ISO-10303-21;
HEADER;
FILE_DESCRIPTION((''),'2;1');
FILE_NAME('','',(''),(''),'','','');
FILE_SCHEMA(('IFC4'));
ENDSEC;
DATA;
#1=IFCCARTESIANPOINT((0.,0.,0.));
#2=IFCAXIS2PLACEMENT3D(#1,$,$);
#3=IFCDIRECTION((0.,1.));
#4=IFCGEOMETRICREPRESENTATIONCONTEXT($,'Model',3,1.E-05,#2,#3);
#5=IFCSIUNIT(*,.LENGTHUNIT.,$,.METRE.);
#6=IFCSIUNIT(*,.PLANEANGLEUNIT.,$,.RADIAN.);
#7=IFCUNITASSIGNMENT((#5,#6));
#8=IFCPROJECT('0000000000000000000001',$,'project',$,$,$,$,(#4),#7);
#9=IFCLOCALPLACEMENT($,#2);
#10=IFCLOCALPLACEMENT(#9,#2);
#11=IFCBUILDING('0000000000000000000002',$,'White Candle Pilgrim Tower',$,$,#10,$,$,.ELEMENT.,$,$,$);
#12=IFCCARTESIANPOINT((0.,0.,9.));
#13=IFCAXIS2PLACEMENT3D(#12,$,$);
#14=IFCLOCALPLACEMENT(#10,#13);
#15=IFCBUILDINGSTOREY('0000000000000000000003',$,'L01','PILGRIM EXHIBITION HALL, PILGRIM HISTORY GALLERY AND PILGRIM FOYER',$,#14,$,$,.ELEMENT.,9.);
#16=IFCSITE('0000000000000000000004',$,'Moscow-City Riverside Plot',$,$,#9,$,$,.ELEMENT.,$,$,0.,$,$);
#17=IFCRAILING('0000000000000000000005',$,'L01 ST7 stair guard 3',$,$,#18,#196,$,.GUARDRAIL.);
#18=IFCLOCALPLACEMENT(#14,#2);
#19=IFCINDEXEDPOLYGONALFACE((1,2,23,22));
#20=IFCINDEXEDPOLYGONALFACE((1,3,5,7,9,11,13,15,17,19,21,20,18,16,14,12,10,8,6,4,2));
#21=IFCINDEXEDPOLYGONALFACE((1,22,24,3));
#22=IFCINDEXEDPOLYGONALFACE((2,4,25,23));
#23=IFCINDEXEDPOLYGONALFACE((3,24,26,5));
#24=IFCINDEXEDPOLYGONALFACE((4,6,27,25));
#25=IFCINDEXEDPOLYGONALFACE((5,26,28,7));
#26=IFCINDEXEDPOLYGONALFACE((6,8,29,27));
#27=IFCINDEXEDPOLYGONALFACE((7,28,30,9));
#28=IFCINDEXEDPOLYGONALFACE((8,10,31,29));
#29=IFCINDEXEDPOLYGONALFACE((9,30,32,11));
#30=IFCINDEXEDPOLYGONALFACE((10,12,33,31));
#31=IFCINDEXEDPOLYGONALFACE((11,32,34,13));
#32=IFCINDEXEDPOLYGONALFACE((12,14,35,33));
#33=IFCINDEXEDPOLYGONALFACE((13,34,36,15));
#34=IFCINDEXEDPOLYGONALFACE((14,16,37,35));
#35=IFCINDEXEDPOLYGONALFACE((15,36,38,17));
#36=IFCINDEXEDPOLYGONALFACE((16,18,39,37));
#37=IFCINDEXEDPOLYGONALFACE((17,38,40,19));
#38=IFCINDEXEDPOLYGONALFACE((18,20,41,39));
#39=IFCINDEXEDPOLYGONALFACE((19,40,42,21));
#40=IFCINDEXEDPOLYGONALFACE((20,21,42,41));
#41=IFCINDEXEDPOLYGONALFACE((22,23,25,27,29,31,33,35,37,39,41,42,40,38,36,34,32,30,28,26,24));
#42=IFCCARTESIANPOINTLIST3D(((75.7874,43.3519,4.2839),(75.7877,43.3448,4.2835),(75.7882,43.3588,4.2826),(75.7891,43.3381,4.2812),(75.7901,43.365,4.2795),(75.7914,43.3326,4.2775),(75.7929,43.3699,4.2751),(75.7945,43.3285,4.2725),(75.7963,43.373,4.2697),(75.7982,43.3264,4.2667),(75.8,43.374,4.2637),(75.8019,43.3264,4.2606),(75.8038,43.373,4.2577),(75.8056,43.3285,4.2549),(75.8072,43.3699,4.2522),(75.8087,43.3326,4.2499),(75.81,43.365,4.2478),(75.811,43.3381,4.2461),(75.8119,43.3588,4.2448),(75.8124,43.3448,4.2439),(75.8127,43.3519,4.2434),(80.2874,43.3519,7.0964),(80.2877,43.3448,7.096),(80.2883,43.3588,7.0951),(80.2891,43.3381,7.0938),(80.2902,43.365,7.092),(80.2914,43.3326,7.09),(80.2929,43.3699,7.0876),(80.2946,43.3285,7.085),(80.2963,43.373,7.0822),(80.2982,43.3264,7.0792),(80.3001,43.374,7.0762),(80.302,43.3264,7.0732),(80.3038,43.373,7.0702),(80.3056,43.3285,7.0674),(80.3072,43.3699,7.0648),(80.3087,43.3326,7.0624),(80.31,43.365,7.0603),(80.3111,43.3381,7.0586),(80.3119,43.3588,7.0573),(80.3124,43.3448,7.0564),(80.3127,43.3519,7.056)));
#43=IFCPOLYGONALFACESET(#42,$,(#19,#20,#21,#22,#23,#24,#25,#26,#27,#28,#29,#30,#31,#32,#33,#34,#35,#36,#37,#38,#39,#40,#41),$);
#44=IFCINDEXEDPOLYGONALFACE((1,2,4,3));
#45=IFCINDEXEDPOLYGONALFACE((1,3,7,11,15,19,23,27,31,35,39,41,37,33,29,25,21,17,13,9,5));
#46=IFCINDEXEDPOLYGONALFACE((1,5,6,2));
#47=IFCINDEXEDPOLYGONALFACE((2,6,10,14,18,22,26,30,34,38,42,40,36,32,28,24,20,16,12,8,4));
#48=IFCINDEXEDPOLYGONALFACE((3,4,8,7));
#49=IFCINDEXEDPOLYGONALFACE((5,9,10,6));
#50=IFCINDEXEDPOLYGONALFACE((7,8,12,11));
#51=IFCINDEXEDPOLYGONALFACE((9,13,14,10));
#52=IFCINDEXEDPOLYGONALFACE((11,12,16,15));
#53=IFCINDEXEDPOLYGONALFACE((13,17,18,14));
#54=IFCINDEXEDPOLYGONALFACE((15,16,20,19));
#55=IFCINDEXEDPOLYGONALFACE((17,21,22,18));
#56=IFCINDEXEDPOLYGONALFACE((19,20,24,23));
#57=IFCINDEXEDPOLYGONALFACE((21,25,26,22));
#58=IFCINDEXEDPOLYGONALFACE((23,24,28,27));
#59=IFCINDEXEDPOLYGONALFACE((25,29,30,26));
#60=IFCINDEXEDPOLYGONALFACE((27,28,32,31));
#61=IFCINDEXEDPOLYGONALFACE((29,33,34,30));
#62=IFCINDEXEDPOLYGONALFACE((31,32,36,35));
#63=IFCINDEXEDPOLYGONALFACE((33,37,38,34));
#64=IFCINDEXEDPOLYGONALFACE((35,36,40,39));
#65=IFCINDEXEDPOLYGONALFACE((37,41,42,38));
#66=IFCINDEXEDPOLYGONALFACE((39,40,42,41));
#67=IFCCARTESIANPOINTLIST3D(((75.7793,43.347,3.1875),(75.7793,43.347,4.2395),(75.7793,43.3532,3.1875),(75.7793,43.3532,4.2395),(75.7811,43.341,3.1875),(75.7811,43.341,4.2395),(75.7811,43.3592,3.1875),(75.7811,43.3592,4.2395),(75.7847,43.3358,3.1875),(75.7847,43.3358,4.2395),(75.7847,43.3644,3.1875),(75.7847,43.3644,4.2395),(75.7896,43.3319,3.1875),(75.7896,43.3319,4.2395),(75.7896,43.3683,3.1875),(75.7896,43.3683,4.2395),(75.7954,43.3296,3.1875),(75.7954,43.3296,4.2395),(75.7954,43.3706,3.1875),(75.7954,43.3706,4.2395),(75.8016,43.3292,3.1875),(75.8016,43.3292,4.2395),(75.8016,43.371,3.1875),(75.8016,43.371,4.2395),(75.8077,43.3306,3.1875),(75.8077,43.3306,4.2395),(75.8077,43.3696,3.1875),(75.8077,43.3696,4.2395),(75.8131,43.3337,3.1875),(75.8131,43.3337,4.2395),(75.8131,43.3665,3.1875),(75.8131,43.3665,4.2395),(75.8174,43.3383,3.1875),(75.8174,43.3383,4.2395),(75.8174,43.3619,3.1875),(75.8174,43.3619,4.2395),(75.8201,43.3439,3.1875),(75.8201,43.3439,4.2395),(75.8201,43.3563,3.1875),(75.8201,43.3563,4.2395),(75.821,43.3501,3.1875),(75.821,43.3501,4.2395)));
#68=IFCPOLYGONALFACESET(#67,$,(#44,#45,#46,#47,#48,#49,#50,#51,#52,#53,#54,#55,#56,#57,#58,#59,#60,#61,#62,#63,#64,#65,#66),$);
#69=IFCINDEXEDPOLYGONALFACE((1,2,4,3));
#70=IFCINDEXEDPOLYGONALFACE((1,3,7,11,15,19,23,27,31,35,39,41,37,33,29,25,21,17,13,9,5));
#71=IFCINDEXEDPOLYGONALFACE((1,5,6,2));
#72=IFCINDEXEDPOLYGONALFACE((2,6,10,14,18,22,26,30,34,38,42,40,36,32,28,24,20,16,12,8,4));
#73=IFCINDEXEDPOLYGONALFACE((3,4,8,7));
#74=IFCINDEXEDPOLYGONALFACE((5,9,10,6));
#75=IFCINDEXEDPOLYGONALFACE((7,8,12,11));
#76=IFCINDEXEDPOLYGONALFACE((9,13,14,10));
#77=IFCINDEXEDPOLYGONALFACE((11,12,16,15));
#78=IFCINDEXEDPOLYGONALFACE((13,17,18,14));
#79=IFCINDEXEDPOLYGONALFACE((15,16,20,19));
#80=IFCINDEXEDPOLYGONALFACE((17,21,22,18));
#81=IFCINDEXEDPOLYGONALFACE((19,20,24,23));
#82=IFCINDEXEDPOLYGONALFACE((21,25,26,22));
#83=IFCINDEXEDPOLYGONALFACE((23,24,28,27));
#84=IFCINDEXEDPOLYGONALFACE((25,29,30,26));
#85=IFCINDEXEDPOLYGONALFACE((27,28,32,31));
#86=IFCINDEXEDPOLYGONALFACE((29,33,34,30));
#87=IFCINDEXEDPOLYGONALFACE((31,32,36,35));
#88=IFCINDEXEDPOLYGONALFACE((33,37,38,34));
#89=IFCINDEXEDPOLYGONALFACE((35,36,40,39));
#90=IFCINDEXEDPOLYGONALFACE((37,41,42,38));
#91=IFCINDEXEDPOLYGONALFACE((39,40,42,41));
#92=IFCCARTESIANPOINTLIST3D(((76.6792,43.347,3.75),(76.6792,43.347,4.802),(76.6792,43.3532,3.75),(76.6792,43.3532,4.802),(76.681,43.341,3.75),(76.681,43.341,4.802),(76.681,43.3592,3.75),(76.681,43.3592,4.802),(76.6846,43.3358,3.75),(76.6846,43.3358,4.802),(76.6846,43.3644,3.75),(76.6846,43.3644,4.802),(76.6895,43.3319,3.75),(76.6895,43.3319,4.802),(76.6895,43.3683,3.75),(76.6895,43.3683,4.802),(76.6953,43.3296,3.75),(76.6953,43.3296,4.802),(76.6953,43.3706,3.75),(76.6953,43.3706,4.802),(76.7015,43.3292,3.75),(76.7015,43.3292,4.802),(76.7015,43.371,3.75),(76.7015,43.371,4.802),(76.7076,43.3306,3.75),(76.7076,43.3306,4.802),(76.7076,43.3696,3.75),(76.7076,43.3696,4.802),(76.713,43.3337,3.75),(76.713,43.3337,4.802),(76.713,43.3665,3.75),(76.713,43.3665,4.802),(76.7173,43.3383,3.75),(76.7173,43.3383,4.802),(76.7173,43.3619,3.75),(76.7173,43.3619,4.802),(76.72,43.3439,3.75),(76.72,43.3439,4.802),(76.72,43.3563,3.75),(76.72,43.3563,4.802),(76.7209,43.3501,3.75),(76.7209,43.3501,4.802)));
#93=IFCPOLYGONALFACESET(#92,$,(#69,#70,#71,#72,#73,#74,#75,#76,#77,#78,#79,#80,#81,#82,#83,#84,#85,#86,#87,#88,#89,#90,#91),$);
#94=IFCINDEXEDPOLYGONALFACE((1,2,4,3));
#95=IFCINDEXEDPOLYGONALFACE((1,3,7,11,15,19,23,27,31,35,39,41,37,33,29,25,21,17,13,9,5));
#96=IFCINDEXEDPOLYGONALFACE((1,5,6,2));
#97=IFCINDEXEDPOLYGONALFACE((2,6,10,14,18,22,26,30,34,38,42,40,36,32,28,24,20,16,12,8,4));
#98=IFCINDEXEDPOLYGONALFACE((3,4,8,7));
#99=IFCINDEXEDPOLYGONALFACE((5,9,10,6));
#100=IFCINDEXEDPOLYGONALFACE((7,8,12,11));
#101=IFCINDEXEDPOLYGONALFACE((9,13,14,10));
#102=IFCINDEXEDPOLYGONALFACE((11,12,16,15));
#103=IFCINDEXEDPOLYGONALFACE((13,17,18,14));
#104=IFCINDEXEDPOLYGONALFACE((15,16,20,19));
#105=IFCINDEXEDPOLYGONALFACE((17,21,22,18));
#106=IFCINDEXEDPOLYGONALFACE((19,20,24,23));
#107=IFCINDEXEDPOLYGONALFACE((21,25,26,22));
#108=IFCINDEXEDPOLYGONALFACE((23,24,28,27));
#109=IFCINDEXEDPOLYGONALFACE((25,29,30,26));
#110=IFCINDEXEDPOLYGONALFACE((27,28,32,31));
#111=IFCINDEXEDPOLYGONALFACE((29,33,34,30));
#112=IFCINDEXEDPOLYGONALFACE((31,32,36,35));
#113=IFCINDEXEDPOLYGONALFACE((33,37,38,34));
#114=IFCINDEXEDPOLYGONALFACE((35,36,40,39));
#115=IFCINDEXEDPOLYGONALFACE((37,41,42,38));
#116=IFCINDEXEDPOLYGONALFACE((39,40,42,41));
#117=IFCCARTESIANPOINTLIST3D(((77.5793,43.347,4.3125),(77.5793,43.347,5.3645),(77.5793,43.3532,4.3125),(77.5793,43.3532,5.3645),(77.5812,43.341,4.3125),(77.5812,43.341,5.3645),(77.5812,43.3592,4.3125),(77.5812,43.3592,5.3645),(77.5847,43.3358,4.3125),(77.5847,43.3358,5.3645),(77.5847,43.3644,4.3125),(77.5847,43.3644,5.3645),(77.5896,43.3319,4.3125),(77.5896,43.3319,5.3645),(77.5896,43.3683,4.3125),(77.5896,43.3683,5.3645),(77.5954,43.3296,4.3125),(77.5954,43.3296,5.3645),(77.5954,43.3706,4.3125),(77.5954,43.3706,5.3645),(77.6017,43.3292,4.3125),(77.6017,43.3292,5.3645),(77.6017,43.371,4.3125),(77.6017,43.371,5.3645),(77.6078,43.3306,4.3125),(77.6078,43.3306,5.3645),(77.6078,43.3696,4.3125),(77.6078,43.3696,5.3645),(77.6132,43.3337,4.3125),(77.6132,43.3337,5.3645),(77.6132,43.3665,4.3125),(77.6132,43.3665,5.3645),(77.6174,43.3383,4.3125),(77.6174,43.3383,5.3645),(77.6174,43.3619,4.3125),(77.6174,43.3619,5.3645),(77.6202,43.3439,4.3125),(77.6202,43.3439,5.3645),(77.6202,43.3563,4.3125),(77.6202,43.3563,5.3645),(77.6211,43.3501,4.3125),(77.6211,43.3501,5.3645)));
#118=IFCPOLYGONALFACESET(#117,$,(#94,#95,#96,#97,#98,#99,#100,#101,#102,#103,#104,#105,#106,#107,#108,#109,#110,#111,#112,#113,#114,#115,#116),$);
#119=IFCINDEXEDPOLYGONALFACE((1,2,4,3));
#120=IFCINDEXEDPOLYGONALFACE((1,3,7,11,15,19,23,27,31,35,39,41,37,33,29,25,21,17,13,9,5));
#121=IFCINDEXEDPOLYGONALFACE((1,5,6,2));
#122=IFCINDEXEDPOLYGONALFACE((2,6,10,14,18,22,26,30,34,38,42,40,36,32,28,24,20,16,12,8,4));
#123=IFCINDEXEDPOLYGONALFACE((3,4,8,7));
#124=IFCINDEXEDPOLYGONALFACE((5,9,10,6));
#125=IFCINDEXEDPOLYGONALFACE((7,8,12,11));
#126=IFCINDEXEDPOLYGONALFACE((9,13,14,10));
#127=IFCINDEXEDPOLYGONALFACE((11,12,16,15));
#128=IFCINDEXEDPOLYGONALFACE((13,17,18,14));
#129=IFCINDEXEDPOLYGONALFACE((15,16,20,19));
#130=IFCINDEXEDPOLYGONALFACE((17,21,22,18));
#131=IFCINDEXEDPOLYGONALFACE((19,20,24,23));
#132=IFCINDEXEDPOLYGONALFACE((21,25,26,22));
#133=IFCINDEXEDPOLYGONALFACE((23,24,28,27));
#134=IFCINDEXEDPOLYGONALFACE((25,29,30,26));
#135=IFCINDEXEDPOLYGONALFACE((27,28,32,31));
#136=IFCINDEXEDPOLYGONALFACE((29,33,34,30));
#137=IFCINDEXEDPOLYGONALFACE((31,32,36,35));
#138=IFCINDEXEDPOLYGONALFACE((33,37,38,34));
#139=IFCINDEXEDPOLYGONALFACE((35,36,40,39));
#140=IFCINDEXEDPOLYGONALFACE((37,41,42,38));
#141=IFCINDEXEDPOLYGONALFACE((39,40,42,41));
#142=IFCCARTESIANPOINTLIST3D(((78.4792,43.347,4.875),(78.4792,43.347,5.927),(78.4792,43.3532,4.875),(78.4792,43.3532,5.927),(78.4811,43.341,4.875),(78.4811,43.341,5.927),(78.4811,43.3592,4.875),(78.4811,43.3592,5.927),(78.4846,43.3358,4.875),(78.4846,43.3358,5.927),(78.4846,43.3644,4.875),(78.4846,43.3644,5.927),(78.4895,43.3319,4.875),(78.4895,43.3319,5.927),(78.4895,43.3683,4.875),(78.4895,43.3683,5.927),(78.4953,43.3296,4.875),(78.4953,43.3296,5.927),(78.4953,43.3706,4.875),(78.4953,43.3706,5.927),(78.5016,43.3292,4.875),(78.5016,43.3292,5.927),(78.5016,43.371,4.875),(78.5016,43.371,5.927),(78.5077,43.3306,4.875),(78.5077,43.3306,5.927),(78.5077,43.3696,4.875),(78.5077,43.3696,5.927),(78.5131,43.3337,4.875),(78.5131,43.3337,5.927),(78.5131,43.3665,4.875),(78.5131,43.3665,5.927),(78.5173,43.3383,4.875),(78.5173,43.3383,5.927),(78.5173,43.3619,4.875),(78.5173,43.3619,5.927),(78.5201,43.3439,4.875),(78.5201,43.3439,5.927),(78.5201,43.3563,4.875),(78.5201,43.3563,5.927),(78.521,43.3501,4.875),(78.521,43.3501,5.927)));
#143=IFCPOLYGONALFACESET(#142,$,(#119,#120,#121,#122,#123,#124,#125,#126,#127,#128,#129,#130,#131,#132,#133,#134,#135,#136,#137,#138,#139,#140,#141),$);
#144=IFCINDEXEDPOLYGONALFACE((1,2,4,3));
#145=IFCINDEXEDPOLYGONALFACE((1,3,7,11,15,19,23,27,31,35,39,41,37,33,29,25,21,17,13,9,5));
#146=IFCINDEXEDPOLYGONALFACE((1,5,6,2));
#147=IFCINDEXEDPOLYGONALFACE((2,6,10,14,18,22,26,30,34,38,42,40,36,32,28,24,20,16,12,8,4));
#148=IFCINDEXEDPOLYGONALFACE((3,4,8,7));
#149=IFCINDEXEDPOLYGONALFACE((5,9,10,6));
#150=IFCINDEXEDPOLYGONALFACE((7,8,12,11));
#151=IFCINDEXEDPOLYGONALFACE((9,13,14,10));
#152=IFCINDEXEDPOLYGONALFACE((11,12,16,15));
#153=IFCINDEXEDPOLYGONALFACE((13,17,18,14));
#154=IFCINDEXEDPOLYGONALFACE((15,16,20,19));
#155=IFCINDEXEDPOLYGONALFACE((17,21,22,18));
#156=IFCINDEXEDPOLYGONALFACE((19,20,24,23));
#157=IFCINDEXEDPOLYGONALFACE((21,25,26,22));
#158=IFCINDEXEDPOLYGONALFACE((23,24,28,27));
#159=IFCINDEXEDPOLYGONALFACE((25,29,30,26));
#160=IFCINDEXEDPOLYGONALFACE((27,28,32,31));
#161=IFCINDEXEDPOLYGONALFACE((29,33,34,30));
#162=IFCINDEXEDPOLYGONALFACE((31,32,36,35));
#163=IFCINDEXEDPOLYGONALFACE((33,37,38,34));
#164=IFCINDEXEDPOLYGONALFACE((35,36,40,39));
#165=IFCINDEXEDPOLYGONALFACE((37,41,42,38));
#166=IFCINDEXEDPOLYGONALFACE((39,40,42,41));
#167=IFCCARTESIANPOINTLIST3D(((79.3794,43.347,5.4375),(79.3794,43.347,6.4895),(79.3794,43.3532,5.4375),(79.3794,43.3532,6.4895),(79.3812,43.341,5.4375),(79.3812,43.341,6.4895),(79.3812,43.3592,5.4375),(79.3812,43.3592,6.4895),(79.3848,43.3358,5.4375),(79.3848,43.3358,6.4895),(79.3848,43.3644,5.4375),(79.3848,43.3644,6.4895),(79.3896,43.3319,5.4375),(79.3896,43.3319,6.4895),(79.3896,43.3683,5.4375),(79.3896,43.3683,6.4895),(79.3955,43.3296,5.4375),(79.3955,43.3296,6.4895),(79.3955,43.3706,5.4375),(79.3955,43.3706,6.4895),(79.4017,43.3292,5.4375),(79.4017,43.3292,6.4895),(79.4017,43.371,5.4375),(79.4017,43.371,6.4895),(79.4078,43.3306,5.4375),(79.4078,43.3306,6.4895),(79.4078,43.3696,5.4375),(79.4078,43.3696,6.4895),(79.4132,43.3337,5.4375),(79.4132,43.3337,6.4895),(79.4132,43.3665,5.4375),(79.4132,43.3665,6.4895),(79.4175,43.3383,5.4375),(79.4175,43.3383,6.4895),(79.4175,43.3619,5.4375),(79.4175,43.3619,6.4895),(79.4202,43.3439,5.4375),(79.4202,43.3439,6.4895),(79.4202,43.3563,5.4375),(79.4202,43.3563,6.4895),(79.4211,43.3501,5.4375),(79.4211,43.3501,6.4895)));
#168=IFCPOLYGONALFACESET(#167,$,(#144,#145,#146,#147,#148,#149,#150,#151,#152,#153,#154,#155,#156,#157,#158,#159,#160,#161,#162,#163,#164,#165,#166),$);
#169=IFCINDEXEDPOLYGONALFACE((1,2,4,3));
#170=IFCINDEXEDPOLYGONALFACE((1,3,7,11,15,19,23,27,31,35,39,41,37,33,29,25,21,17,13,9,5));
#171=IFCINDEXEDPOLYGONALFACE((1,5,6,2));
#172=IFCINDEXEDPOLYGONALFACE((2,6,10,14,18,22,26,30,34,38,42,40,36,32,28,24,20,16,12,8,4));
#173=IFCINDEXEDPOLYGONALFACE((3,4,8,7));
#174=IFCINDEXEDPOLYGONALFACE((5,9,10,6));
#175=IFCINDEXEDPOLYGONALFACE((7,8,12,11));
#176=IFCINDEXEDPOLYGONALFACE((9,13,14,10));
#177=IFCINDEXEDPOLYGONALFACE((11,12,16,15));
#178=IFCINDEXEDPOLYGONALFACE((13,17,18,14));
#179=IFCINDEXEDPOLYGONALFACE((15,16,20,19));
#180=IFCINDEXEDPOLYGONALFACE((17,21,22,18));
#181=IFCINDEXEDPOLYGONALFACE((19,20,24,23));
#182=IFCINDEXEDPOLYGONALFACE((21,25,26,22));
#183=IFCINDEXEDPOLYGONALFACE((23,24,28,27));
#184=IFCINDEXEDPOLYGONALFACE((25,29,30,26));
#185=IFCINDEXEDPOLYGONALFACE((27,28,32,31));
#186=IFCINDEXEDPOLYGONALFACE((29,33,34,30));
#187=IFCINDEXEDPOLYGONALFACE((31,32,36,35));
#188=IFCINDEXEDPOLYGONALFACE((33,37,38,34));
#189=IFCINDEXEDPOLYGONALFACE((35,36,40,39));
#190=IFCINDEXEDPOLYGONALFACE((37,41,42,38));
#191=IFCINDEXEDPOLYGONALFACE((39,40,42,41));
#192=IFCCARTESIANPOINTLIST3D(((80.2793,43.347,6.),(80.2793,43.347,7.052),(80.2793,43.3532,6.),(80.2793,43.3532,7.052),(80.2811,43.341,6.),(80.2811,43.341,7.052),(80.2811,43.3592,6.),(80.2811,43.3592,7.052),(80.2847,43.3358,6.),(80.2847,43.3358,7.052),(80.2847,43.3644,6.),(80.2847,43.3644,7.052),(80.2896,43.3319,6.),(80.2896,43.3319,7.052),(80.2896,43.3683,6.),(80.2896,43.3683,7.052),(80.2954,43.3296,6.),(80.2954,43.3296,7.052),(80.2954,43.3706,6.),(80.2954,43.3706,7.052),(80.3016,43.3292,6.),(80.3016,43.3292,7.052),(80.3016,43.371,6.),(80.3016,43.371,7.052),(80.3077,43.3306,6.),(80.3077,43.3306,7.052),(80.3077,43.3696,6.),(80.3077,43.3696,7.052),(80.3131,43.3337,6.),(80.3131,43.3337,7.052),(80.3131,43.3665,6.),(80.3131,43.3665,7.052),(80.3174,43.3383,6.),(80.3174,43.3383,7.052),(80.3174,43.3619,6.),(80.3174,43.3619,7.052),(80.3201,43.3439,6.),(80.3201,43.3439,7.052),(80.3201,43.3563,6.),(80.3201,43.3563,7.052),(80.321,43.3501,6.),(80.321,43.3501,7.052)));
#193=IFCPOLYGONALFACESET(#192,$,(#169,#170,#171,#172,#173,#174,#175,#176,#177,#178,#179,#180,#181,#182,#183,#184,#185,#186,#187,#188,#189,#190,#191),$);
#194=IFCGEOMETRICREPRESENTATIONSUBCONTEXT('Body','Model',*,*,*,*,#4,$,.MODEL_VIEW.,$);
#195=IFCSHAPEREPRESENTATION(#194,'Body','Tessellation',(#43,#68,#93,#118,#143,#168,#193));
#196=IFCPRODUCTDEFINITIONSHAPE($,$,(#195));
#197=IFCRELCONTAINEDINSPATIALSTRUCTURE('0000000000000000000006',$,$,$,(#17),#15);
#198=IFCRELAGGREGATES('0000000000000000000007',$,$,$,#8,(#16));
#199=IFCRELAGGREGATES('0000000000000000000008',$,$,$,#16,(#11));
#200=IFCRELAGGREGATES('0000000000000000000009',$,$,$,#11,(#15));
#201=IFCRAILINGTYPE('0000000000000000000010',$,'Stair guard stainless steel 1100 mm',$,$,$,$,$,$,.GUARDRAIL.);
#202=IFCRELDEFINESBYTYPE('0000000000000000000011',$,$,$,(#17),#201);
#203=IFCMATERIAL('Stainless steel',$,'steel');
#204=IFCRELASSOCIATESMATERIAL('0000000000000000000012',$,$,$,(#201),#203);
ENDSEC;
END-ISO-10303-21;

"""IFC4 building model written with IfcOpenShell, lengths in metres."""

from ifc_helpers import new_model, si_unit, direction, frame, origin, origin_2d, place, context, subcontext, project, spatial, circle, extrude, material, type_object, element, save


model = new_model("IFC4")

# Units and contexts
model_context = context("Model", 3, precision=1e-05, world=origin(), true_north=direction((0.0, 1.0)))
body_context = subcontext(model_context, "Body", "Model", "MODEL_VIEW")
ifc_project = project(units=[si_unit("LENGTHUNIT", "METRE"), si_unit("PLANEANGLEUNIT", "RADIAN")], contexts=[model_context])

# Site, building, storey
site_placement = place(None, origin())
site = spatial("IfcSite", under=ifc_project, at=site_placement, Name="Moscow-City Riverside Plot", CompositionType="ELEMENT", RefElevation=0.0)
building_placement = place(site_placement, origin())
building = spatial("IfcBuilding", under=site, at=building_placement, Name="White Candle Pilgrim Tower", CompositionType="ELEMENT")
storey_placement = place(building_placement, frame((0.0, 0.0, 9.0)))
storey = spatial("IfcBuildingStorey", under=building, at=storey_placement, Name="L01", Description="PILGRIM EXHIBITION HALL, PILGRIM HISTORY GALLERY AND PILGRIM FOYER", CompositionType="ELEMENT", Elevation=9.0)

# Railing
ifc_material_1 = material(Name="Stainless steel", Category="steel")
railing_type_1 = type_object("IfcRailingType", Name="Stair guard stainless steel 1100 mm", PredefinedType="GUARDRAIL", material=ifc_material_1)
railing_1_placement = place(storey_placement, frame((75.8, 43.3501, 3.1875)))
element("IfcRailing", 1, at=railing_1_placement, inside=storey, type_object=railing_type_1, Name="L01 ST7 stair guard 3", PredefinedType="GUARDRAIL", context=body_context, shape_type="SweptSolid", body=[
    extrude(circle(Radius=0.0239, at=origin_2d()), frame((0.0, 0.0, 1.0762), z_axis=(0.847998, 0.0, 0.529999), x_axis=(0.0, 1.0, 0.0)), (0.0, 0.0, 1.0), 5.3066),
    extrude(circle(Radius=0.021, at=origin_2d()), origin(), (0.0, 0.0, 1.0), 1.052),
    extrude(circle(Radius=0.021, at=origin_2d()), frame((0.8999, 0.0, 0.5625)), (0.0, 0.0, 1.0), 1.052),
    extrude(circle(Radius=0.021, at=origin_2d()), frame((1.8, 0.0, 1.125)), (0.0, 0.0, 1.0), 1.052),
    extrude(circle(Radius=0.021, at=origin_2d()), frame((2.7, 0.0, 1.6875)), (0.0, 0.0, 1.0), 1.052),
    extrude(circle(Radius=0.021, at=origin_2d()), frame((3.6001, 0.0, 2.25)), (0.0, 0.0, 1.0), 1.052),
    extrude(circle(Radius=0.021, at=origin_2d()), frame((4.5, 0.0, 2.8125)), (0.0, 0.0, 1.0), 1.052),
])

save(model, "model.ifc")
